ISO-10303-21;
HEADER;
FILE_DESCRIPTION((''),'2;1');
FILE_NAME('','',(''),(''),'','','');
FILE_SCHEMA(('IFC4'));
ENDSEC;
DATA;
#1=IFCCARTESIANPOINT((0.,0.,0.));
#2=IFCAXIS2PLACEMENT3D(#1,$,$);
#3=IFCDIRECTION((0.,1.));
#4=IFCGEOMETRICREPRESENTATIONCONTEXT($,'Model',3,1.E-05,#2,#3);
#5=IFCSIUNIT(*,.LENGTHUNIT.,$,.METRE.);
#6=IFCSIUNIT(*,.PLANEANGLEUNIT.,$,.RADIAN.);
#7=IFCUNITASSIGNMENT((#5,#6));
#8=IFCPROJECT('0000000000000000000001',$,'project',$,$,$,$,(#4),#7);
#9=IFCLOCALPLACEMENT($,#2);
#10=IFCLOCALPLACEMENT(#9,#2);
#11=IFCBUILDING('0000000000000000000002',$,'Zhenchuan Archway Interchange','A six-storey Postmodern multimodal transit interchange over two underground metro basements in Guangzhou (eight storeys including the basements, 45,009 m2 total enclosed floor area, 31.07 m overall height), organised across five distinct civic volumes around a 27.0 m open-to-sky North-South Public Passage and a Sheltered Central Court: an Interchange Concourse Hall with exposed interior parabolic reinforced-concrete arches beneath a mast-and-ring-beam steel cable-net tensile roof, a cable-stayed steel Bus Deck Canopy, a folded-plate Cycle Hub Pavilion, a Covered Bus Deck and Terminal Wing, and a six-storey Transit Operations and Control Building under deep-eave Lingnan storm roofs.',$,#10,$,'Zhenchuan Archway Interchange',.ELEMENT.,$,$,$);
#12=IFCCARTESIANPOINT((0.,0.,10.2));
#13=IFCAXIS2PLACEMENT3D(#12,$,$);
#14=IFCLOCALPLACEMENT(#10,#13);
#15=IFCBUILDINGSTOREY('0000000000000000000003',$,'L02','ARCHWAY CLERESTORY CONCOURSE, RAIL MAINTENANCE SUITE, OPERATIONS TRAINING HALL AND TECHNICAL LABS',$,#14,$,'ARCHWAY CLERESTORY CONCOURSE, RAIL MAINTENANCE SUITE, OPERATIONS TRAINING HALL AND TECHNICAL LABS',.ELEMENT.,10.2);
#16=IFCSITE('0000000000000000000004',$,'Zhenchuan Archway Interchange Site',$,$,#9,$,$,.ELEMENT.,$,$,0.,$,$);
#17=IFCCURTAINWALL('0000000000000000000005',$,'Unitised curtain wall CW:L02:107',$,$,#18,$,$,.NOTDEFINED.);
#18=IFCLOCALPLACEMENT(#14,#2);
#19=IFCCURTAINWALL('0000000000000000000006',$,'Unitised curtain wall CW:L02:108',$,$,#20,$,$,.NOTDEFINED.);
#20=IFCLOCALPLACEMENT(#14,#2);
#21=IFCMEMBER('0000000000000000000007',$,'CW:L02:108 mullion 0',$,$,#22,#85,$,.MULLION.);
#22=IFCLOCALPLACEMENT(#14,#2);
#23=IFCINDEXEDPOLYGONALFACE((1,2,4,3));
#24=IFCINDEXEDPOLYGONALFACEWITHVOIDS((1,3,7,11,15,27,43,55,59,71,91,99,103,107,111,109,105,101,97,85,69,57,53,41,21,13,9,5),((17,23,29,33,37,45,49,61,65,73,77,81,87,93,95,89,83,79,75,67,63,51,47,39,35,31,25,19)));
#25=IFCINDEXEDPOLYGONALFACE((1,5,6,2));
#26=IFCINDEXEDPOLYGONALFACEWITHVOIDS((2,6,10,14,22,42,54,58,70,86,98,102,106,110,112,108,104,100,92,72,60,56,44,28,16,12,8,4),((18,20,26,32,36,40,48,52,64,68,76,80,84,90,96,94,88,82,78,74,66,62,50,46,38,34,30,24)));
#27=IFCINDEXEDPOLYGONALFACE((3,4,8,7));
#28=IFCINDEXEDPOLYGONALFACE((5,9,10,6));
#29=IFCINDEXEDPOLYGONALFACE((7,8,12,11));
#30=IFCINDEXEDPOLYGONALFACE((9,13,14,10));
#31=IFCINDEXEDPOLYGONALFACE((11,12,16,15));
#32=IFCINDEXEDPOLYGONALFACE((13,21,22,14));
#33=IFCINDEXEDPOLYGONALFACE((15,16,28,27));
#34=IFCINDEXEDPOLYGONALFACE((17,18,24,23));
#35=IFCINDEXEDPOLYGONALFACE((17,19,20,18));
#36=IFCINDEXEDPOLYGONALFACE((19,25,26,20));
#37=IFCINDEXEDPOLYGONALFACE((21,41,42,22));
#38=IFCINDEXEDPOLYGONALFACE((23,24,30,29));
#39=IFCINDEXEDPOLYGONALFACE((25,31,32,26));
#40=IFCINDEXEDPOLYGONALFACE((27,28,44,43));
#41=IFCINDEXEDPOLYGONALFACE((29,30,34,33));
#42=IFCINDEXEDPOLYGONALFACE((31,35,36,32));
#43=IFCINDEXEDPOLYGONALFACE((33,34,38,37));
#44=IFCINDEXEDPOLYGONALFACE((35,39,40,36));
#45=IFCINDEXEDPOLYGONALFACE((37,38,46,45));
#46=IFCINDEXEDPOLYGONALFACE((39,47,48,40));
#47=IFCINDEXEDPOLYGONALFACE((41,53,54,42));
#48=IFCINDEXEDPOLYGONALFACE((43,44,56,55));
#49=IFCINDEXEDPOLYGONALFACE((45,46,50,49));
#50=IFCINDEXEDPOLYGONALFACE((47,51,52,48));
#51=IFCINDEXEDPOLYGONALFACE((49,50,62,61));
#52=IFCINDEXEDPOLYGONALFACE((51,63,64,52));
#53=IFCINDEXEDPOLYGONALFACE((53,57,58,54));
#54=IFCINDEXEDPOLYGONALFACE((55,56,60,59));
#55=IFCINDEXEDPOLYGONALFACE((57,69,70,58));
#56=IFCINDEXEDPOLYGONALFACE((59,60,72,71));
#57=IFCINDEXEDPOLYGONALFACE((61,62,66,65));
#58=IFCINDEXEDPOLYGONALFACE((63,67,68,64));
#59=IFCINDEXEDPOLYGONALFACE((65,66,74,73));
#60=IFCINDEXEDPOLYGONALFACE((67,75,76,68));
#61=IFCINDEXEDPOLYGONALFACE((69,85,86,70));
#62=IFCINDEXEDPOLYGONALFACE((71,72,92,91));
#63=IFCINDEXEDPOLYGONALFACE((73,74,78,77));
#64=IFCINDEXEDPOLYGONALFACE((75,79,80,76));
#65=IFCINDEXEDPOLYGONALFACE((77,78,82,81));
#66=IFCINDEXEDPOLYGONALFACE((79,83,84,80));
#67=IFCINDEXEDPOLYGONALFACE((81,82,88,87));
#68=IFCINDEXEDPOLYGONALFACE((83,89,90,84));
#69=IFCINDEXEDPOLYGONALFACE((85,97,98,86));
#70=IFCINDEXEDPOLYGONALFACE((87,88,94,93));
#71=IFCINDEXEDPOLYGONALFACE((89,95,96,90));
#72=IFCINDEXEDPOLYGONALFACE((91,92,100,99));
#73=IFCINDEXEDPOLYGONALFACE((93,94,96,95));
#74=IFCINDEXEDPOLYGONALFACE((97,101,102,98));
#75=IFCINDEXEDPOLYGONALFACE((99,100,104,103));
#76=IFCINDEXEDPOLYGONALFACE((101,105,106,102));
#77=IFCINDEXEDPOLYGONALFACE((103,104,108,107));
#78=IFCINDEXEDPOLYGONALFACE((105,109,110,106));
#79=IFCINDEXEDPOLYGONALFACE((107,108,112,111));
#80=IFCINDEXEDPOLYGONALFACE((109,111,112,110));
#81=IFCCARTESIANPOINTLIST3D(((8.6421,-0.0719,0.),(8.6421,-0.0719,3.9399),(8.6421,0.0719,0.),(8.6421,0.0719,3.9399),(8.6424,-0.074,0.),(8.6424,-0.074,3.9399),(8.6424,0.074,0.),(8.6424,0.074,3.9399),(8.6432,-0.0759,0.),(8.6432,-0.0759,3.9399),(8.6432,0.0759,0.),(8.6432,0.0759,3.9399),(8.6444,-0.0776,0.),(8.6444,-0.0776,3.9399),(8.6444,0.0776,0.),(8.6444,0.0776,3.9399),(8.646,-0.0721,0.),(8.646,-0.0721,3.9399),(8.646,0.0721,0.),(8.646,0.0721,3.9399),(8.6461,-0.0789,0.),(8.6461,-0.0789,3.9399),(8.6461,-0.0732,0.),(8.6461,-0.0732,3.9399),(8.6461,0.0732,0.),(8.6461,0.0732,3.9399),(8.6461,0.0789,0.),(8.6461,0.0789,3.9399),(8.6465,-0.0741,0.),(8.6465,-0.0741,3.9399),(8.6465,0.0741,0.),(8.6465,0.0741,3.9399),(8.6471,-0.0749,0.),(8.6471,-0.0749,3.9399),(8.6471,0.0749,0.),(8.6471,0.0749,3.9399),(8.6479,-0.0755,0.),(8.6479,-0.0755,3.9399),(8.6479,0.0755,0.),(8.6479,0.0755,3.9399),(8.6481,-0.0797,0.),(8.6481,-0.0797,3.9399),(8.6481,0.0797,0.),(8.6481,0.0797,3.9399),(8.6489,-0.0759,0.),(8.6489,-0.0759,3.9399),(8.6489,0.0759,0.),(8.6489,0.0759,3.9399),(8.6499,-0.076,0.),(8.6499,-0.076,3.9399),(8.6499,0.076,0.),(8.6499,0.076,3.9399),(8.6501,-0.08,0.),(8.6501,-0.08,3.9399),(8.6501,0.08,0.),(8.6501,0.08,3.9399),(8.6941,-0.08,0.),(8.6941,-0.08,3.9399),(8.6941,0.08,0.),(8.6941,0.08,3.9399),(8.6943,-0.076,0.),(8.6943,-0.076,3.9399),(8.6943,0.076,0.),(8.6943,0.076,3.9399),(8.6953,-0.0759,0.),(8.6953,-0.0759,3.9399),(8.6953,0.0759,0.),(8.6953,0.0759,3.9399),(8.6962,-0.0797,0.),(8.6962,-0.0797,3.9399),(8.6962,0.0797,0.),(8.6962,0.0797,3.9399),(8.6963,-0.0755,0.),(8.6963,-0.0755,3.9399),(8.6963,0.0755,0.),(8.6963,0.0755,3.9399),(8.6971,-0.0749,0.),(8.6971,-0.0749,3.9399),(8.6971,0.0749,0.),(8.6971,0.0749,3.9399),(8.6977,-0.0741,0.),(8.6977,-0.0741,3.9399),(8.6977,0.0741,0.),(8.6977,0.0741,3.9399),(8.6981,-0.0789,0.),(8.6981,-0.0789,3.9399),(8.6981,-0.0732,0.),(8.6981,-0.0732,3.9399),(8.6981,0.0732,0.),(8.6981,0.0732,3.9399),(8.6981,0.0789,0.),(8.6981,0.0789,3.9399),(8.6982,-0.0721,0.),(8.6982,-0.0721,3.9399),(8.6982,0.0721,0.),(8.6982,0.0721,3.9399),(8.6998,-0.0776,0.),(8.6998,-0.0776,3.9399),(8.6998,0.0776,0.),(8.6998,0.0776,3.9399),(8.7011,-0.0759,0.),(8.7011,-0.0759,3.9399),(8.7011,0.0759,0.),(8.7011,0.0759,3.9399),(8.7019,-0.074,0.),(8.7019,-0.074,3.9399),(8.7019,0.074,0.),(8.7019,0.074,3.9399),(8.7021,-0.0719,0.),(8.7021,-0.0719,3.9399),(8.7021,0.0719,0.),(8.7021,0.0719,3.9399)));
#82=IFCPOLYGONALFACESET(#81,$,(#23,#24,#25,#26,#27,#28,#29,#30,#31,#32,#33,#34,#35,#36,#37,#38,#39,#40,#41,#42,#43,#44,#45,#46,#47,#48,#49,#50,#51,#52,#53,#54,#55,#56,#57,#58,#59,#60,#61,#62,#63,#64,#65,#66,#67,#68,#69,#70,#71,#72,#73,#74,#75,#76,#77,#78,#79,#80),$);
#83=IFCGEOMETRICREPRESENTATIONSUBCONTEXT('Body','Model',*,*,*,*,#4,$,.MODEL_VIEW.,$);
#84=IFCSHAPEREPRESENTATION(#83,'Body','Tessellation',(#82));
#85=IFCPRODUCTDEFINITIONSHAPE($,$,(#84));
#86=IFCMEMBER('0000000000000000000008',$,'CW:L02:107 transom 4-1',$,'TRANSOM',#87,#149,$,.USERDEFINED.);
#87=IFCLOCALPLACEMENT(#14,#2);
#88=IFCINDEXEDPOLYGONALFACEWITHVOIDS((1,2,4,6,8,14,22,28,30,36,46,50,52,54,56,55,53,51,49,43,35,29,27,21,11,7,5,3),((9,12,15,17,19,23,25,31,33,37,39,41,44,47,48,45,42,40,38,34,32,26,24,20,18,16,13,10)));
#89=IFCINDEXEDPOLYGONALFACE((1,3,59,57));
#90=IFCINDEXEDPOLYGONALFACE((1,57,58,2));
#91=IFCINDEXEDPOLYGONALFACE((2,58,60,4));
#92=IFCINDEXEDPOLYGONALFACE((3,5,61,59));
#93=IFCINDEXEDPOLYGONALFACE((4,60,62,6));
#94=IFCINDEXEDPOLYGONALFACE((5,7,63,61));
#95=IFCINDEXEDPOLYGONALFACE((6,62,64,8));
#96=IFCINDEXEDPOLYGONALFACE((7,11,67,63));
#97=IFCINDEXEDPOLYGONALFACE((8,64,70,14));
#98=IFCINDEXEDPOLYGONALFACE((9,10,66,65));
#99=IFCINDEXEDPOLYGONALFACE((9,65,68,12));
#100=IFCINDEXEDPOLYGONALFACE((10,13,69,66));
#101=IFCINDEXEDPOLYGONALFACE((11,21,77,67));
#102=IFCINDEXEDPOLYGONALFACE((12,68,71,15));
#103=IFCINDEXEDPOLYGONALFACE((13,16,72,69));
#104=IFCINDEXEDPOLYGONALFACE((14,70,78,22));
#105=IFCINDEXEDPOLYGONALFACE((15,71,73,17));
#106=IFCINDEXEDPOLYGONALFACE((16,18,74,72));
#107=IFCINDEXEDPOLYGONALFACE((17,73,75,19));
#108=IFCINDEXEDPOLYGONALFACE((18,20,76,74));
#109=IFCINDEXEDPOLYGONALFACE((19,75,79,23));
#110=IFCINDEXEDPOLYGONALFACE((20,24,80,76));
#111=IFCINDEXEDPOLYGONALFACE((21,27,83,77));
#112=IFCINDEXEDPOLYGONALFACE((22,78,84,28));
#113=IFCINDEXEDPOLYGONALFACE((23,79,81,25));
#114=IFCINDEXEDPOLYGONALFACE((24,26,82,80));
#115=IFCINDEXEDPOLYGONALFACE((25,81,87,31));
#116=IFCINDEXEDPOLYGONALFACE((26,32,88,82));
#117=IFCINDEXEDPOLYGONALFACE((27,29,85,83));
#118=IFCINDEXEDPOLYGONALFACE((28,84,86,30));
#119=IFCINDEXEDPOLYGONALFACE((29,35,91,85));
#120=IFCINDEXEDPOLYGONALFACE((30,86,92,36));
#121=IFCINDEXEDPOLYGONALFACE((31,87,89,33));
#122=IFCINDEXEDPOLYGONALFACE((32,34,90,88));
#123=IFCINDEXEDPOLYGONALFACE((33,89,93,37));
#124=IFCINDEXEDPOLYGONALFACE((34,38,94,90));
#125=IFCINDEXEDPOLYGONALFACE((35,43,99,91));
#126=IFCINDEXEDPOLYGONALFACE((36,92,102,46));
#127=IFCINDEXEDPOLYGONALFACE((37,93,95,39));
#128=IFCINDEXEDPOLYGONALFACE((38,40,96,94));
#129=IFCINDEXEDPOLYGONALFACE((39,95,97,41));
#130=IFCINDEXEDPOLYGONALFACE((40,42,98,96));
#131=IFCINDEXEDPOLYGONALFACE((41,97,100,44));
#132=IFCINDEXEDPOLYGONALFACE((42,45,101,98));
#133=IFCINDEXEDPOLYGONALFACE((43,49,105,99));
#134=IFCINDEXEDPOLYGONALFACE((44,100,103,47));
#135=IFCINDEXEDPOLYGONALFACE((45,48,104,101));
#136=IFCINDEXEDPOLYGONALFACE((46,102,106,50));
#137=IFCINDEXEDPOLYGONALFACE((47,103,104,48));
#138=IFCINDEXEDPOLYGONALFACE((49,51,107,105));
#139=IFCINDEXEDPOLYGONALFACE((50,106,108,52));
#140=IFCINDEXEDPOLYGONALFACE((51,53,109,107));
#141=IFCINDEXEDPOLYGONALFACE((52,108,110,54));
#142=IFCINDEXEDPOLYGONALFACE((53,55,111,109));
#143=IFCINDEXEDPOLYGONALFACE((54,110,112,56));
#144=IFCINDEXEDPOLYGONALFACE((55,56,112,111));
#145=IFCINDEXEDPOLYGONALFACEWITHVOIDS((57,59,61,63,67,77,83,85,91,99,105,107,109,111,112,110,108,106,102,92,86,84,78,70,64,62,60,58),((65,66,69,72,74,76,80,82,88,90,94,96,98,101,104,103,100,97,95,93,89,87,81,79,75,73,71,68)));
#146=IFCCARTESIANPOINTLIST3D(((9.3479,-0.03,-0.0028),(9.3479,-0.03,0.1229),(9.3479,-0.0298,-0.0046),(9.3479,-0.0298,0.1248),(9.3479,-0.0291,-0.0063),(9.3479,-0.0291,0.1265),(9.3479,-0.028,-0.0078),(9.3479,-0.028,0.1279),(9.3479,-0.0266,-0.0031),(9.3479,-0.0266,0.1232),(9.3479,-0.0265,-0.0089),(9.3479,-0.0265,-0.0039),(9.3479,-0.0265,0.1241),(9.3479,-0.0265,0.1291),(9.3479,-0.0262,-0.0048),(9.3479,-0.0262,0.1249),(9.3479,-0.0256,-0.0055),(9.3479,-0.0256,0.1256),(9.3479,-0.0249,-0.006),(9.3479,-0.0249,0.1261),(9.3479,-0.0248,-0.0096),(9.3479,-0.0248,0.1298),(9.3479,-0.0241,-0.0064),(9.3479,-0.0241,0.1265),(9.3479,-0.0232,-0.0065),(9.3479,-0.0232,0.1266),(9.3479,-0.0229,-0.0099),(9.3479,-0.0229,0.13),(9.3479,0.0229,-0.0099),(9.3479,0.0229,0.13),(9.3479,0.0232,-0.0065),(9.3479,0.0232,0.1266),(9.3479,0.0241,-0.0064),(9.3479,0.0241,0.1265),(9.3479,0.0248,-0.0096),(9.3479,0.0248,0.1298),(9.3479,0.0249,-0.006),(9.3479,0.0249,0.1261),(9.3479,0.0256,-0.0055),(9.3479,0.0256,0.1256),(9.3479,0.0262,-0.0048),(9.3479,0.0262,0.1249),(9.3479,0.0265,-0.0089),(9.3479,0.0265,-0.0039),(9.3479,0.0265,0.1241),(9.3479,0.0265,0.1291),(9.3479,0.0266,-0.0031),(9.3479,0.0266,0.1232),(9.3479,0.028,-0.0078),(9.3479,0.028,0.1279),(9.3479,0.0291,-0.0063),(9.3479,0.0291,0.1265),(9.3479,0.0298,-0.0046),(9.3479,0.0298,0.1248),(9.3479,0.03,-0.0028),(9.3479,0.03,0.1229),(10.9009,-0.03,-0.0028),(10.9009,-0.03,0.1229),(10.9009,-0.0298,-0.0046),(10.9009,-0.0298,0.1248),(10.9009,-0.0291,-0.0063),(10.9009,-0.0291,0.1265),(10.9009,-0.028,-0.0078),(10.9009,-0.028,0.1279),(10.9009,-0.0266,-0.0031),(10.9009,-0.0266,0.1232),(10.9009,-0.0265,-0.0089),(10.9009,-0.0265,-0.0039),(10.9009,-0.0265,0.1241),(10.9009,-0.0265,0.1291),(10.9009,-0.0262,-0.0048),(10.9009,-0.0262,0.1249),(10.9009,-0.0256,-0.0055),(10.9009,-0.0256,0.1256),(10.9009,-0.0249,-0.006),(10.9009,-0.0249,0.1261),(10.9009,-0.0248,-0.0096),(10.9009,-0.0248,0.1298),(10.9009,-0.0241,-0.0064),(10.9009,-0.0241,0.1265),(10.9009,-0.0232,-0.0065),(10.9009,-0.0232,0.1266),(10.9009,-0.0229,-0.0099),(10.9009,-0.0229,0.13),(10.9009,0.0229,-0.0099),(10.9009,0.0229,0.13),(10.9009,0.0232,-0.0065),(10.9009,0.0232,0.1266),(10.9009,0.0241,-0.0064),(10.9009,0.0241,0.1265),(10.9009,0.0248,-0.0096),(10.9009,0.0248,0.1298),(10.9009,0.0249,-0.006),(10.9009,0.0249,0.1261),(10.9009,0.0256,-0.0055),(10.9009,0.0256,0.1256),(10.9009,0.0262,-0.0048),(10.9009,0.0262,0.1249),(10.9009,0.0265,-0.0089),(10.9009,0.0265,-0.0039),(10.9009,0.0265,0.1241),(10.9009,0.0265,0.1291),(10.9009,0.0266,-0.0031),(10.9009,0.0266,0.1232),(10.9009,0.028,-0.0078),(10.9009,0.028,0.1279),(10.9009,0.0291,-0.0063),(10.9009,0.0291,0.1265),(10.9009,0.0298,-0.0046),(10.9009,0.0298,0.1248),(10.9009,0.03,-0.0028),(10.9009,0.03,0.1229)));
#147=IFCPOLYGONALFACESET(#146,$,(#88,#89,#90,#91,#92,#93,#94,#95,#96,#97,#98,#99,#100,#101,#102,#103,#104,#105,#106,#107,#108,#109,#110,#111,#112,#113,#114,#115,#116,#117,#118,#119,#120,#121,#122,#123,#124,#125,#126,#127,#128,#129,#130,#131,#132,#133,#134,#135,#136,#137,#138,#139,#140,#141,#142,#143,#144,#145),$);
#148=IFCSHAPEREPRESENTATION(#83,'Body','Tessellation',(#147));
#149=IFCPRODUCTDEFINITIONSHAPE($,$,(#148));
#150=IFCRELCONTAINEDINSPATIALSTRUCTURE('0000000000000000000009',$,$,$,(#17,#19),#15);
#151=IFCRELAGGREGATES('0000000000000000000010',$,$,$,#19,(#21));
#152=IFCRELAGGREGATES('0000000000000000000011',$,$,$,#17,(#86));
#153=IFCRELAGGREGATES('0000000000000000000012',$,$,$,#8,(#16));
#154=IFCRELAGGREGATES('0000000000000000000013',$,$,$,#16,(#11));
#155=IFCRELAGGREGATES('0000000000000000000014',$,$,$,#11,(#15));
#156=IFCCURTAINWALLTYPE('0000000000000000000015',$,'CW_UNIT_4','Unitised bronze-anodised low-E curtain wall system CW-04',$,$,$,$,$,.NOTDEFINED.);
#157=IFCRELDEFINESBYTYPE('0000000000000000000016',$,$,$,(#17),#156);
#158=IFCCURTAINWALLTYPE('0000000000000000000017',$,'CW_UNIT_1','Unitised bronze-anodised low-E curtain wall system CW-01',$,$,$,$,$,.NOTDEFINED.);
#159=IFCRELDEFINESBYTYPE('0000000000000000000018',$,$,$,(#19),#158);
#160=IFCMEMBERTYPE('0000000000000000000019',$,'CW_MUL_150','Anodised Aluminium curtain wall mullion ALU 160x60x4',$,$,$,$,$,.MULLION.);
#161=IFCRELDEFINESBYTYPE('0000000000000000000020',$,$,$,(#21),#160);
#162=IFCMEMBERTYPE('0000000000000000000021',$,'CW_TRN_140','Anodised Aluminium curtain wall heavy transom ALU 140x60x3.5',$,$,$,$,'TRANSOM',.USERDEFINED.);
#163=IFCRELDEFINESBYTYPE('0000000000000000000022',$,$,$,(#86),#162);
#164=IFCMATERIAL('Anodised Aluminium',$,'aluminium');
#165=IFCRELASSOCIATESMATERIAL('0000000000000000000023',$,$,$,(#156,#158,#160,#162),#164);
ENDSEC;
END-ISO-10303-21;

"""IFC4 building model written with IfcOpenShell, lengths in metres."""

from ifc_helpers import new_model, si_unit, direction, frame, origin, origin_2d, place, context, subcontext, project, spatial, hollow_rectangle, extrude, material, material_profile, profile_set, type_object, element, aggregate, save


model = new_model("IFC4")

# Units and contexts
model_context = context("Model", 3, precision=1e-05, world=origin(), true_north=direction((0.0, 1.0)))
body_context = subcontext(model_context, "Body", "Model", "MODEL_VIEW")
ifc_project = project(units=[si_unit("LENGTHUNIT", "METRE"), si_unit("PLANEANGLEUNIT", "RADIAN")], contexts=[model_context])

# Site, building, storey
site_placement = place(None, origin())
site = spatial("IfcSite", under=ifc_project, at=site_placement, Name="Zhenchuan Archway Interchange Site", CompositionType="ELEMENT", RefElevation=0.0)
building_placement = place(site_placement, origin())
building = spatial("IfcBuilding", under=site, at=building_placement, Name="Zhenchuan Archway Interchange", Description="A six-storey Postmodern multimodal transit interchange over two underground metro basements in Guangzhou (eight storeys including the basements, 45,009 m2 total enclosed floor area, 31.07 m overall height), organised across five distinct civic volumes around a 27.0 m open-to-sky North-South Public Passage and a Sheltered Central Court: an Interchange Concourse Hall with exposed interior parabolic reinforced-concrete arches beneath a mast-and-ring-beam steel cable-net tensile roof, a cable-stayed steel Bus Deck Canopy, a folded-plate Cycle Hub Pavilion, a Covered Bus Deck and Terminal Wing, and a six-storey Transit Operations and Control Building under deep-eave Lingnan storm roofs.", LongName="Zhenchuan Archway Interchange", CompositionType="ELEMENT")
storey_placement = place(building_placement, frame((0.0, 0.0, 10.2)))
storey = spatial("IfcBuildingStorey", under=building, at=storey_placement, Name="L02", Description="ARCHWAY CLERESTORY CONCOURSE, RAIL MAINTENANCE SUITE, OPERATIONS TRAINING HALL AND TECHNICAL LABS", LongName="ARCHWAY CLERESTORY CONCOURSE, RAIL MAINTENANCE SUITE, OPERATIONS TRAINING HALL AND TECHNICAL LABS", CompositionType="ELEMENT", Elevation=10.2)

# Curtain wall
ifc_material_1 = material(Name="Anodised Aluminium", Category="aluminium")
curtain_wall_type_1 = type_object("IfcCurtainWallType", Name="CW_UNIT_4", Description="Unitised bronze-anodised low-E curtain wall system CW-04", PredefinedType="NOTDEFINED", material=ifc_material_1)
curtain_wall_1_placement = place(storey_placement, origin())
curtain_wall_1 = element("IfcCurtainWall", 1, at=curtain_wall_1_placement, inside=storey, type_object=curtain_wall_type_1, Name="Unitised curtain wall CW:L02:107", PredefinedType="NOTDEFINED")
ifc_material_profile_1 = material_profile(ifc_material_1, hollow_rectangle(XDim=0.0601, YDim=0.1599, WallThickness=0.0039, InnerFilletRadius=0.0039, OuterFilletRadius=0.0081, at=origin_2d()), Name="ALU 160x60x4")
ifc_profile_set_1 = profile_set([ifc_material_profile_1], Name="Anodised Aluminium")
member_type_1 = type_object("IfcMemberType", Name="CW_MUL_150", Description="Anodised Aluminium curtain wall mullion ALU 160x60x4", PredefinedType="MULLION", material=ifc_profile_set_1)

# Curtain wall, member
curtain_wall_type_2 = type_object("IfcCurtainWallType", Name="CW_UNIT_1", Description="Unitised bronze-anodised low-E curtain wall system CW-01", PredefinedType="NOTDEFINED", material=ifc_material_1)
curtain_wall_2_placement = place(storey_placement, origin())
curtain_wall_2 = element("IfcCurtainWall", 2, at=curtain_wall_2_placement, inside=storey, type_object=curtain_wall_type_2, Name="Unitised curtain wall CW:L02:108", PredefinedType="NOTDEFINED")
member_1_placement = place(storey_placement, frame((8.6721, 0.0, 0.0), z_axis=(0.0, 0.0, 1.0), x_axis=(1.0, 0.0, 0.0)))
member_1 = element("IfcMember", 3, at=member_1_placement, type_object=member_type_1, Name="CW:L02:108 mullion 0", PredefinedType="MULLION", context=body_context, shape_type="SweptSolid", body=[
    extrude(hollow_rectangle(XDim=0.0601, YDim=0.1599, WallThickness=0.0039, InnerFilletRadius=0.0039, OuterFilletRadius=0.0081, at=origin_2d()), origin(), (0.0, 0.0, 1.0), 3.9399),
])

# Member
ifc_material_profile_2 = material_profile(ifc_material_1, hollow_rectangle(XDim=0.0601, YDim=0.1399, WallThickness=0.0034, InnerFilletRadius=0.0034, OuterFilletRadius=0.0071, at=origin_2d()), Name="ALU 140x60x3.5")
ifc_profile_set_2 = profile_set([ifc_material_profile_2], Name="Anodised Aluminium")
member_type_2 = type_object("IfcMemberType", Name="CW_TRN_140", Description="Anodised Aluminium curtain wall heavy transom ALU 140x60x3.5", ElementType="TRANSOM", PredefinedType="USERDEFINED", material=ifc_profile_set_2)
member_2_placement = place(storey_placement, frame((10.9009, 0.0, 0.0601), z_axis=(-1.0, 0.0, 0.0), x_axis=(0.0, -1.0, 0.0)))
member_2 = element("IfcMember", 4, at=member_2_placement, type_object=member_type_2, Name="CW:L02:107 transom 4-1", ObjectType="TRANSOM", PredefinedType="USERDEFINED", context=body_context, shape_type="SweptSolid", body=[
    extrude(hollow_rectangle(XDim=0.0601, YDim=0.1399, WallThickness=0.0034, InnerFilletRadius=0.0034, OuterFilletRadius=0.0071, at=origin_2d()), origin(), (0.0, 0.0, 1.0), 1.553),
])
aggregate(curtain_wall_2, [member_1])

aggregate(curtain_wall_1, [member_2])

save(model, "model.ifc")
